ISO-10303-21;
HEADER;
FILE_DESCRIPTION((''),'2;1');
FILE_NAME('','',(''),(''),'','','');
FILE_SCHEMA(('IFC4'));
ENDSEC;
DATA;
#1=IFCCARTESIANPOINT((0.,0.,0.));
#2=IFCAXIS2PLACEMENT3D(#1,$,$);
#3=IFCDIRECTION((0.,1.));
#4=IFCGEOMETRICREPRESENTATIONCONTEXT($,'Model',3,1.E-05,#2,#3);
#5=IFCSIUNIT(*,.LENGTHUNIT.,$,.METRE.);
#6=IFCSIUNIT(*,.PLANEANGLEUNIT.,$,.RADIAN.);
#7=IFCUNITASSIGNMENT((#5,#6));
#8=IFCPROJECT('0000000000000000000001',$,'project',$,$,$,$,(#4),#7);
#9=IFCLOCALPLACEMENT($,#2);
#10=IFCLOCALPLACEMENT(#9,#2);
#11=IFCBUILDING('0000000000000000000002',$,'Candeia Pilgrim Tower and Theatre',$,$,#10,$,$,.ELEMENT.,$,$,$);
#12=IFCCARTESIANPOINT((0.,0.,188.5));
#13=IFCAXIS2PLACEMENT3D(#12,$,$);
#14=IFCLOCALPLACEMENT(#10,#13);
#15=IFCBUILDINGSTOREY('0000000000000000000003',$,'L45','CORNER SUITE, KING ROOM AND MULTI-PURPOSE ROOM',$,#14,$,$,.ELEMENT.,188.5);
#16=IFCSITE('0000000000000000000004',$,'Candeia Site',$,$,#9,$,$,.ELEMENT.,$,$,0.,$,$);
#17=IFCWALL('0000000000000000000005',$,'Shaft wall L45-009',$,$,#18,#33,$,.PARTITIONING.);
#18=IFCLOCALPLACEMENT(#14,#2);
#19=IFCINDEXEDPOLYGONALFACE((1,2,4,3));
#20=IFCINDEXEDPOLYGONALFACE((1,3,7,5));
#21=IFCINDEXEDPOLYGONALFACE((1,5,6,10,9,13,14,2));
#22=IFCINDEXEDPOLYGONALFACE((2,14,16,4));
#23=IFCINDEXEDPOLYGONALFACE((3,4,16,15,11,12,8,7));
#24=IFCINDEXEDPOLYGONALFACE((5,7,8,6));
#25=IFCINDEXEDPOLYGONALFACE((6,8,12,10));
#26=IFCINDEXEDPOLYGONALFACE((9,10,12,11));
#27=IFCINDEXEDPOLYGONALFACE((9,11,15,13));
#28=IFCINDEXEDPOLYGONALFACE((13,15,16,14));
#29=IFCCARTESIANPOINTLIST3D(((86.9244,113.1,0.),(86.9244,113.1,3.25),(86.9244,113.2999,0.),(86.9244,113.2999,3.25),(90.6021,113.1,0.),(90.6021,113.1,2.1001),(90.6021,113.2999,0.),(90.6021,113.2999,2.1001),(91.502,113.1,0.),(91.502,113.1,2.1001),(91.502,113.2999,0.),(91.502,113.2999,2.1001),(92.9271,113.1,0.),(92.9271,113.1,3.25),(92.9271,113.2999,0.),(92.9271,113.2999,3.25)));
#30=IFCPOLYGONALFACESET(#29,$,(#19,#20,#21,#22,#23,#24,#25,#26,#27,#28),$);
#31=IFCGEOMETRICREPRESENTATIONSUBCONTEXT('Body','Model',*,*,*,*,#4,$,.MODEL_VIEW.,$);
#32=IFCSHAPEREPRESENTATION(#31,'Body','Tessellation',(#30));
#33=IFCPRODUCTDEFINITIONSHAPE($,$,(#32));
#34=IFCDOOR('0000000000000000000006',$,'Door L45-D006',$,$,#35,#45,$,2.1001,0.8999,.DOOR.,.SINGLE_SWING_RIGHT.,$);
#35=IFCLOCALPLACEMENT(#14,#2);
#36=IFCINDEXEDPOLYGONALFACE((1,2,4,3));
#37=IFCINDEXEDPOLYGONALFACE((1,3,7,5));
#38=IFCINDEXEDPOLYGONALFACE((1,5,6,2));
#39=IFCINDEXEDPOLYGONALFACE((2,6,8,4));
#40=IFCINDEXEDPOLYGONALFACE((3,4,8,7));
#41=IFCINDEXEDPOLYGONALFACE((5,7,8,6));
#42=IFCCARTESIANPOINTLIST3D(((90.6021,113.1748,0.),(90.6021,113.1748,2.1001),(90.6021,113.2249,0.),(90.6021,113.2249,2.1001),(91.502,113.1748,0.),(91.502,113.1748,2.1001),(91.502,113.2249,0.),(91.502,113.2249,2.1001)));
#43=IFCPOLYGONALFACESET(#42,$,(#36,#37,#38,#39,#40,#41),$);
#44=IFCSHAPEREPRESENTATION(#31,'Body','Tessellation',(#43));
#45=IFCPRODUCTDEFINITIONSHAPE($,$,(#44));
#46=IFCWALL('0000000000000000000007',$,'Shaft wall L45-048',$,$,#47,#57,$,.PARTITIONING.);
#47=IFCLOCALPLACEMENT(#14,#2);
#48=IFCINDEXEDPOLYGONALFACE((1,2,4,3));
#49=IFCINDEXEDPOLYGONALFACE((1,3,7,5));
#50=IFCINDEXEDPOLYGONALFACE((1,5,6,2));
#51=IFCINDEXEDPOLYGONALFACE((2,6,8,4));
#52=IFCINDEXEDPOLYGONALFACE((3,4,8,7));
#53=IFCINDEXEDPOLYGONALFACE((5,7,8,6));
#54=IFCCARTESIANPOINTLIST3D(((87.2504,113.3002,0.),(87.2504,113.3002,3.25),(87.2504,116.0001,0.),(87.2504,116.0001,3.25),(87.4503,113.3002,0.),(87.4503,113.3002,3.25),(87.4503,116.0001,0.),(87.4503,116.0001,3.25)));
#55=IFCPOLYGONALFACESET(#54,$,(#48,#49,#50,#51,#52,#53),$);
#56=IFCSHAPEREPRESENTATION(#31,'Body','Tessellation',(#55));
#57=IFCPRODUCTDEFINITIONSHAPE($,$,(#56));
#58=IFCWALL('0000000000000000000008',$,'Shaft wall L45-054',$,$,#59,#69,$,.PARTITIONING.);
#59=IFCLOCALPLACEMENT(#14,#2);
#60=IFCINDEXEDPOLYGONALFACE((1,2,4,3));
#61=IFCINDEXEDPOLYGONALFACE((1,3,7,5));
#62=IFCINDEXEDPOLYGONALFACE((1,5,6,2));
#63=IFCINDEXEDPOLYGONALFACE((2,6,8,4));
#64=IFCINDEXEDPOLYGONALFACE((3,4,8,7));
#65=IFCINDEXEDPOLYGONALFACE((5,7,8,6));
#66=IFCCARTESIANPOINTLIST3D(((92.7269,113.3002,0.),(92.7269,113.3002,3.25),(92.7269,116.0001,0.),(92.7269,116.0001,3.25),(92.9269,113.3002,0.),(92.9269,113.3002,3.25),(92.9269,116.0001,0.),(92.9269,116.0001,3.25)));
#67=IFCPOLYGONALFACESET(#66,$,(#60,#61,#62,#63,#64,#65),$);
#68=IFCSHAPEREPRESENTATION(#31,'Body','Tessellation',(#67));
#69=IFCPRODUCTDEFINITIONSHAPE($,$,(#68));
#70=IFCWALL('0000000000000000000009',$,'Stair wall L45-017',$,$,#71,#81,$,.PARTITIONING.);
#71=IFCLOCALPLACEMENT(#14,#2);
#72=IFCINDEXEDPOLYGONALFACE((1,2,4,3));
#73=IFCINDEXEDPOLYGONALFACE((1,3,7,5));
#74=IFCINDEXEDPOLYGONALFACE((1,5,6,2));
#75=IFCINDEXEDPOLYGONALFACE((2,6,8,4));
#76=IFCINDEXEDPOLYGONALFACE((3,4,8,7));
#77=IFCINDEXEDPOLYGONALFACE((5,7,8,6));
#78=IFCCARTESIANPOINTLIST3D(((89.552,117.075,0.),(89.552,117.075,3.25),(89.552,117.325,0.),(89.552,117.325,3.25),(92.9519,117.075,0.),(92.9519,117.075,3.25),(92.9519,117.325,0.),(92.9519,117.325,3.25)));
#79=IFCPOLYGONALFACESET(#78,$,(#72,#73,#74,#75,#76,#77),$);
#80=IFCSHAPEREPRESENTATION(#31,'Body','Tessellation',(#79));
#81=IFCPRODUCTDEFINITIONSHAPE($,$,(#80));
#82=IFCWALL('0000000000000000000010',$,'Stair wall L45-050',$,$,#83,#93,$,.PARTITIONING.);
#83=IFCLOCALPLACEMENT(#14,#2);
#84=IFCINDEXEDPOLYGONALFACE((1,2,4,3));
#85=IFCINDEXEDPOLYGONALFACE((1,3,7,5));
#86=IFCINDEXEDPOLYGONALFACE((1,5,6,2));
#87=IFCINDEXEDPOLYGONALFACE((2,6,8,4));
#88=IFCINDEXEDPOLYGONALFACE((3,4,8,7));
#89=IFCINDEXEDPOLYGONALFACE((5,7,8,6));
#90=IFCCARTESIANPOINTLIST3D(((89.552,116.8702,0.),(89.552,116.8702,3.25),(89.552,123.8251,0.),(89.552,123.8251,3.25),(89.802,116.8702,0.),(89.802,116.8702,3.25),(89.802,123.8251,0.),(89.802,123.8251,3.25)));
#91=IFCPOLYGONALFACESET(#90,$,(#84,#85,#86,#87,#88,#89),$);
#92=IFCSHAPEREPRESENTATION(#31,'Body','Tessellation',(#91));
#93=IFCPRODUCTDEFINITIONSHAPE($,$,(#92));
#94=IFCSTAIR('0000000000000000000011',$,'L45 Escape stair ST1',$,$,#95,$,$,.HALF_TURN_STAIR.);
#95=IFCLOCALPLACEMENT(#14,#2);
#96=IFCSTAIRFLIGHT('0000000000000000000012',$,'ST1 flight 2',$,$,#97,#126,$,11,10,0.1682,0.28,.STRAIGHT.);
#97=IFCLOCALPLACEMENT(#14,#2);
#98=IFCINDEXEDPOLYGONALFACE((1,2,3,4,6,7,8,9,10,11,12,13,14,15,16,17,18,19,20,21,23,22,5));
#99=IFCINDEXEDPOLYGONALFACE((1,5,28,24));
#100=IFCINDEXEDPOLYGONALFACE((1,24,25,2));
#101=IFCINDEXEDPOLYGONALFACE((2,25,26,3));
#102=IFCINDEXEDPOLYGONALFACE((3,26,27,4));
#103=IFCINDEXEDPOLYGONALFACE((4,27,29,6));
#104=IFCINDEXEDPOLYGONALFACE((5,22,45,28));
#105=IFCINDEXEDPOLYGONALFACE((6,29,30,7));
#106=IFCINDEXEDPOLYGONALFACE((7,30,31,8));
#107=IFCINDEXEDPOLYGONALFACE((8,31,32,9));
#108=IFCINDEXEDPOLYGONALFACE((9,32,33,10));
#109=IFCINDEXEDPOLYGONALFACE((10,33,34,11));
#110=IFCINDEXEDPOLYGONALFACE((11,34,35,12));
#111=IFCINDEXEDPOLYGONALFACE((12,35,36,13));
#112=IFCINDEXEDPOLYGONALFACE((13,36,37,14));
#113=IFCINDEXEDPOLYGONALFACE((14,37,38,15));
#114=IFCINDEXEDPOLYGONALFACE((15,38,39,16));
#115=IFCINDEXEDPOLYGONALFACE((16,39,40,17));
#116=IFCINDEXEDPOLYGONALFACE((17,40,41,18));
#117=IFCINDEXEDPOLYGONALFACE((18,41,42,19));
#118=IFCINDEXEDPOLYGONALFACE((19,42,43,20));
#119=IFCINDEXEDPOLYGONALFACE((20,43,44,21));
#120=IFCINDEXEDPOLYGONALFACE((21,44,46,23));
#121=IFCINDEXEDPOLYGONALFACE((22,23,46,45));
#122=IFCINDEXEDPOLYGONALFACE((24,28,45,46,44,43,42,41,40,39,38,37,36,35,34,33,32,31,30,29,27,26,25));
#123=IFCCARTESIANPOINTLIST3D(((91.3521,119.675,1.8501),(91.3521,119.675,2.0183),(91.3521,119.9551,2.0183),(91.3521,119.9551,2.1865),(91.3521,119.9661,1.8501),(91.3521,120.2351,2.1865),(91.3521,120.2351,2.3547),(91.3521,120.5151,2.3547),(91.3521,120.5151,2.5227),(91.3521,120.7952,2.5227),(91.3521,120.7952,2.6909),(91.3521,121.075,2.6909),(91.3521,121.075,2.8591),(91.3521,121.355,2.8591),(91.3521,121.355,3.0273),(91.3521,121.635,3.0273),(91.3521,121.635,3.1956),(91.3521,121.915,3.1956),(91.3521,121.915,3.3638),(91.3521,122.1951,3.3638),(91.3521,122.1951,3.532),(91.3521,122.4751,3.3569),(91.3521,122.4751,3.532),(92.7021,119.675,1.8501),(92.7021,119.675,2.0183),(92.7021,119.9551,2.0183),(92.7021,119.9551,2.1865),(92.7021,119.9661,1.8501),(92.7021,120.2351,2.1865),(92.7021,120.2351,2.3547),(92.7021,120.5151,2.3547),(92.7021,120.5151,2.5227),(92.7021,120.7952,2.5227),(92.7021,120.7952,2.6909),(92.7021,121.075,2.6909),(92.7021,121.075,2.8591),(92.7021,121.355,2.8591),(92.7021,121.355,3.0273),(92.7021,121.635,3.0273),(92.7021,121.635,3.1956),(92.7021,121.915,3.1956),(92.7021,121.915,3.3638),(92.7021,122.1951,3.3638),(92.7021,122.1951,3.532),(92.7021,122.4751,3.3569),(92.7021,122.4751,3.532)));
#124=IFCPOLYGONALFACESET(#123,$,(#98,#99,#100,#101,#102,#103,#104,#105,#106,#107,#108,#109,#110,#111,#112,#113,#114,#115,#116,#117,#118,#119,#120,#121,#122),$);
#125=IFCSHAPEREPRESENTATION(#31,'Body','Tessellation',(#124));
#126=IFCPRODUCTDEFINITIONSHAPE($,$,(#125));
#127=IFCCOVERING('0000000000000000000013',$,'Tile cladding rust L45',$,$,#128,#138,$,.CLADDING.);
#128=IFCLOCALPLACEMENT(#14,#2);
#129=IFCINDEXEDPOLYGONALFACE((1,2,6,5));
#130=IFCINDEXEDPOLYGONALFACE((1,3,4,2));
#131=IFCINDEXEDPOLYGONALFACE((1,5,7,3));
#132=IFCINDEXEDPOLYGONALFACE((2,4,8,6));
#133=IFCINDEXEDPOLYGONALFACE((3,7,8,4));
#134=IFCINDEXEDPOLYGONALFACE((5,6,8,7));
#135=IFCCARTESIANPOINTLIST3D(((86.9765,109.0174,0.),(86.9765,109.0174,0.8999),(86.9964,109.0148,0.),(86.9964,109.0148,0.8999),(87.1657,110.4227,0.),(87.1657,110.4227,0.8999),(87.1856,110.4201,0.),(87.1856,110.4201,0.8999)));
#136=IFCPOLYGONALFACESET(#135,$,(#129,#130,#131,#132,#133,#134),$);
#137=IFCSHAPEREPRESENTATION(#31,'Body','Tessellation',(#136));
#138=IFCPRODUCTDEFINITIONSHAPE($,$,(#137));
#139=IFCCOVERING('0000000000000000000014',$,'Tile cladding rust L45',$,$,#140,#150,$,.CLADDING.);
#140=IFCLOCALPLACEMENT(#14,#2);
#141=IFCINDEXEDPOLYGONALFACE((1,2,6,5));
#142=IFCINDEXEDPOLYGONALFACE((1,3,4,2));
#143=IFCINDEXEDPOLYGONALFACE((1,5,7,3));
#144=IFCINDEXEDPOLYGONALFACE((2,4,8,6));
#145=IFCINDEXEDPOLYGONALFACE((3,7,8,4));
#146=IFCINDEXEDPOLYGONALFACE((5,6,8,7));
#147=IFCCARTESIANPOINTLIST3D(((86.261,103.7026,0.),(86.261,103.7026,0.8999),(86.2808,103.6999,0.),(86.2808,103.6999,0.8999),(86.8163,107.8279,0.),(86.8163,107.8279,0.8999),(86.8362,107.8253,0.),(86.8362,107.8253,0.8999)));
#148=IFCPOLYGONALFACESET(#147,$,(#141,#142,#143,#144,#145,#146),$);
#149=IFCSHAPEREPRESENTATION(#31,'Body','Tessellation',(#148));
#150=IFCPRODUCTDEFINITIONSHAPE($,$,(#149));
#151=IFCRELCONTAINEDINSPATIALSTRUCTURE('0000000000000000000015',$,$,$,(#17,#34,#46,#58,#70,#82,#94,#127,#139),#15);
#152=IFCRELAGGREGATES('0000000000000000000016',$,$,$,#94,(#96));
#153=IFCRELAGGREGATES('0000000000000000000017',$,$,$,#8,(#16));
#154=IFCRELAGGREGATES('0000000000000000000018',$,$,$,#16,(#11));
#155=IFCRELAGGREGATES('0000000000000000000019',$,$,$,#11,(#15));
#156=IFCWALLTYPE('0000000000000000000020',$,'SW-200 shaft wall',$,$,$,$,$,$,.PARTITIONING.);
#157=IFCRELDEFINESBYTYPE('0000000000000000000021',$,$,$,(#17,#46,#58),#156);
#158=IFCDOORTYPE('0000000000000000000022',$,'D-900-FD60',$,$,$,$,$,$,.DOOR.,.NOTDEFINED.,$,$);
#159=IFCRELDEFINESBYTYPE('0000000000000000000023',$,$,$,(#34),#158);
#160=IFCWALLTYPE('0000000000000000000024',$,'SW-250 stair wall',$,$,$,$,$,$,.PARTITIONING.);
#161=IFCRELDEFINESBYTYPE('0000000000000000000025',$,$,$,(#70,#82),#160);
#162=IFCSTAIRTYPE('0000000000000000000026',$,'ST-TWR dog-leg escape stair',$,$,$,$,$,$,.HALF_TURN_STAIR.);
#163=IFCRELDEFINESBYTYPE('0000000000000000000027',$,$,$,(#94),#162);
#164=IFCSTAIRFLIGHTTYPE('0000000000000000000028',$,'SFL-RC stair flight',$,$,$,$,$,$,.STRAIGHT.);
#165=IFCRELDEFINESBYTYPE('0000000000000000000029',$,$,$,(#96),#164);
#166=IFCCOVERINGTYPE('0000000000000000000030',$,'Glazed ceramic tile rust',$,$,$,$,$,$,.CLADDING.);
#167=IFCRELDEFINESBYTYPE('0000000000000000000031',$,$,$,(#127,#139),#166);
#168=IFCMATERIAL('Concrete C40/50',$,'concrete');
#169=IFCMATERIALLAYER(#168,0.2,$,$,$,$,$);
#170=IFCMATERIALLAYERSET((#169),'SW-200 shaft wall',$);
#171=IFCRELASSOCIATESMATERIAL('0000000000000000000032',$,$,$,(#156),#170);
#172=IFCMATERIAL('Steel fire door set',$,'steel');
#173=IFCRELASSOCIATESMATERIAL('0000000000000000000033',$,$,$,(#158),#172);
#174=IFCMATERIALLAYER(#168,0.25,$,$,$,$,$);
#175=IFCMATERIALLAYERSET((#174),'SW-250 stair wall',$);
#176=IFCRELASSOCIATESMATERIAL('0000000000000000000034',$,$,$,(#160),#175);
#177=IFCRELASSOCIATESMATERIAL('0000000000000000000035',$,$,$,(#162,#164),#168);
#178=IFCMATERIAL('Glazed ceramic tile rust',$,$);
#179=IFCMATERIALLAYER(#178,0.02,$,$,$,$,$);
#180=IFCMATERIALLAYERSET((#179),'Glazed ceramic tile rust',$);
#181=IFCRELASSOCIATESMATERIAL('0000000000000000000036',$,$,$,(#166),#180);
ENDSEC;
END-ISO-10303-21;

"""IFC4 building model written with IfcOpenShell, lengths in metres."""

from ifc_helpers import new_model, si_unit, direction, frame, frame_2d, origin, origin_2d, place, context, subcontext, project, spatial, polyline, rectangle, outline, extrude, material, layer, layer_set, type_object, element, fill, aggregate, save


model = new_model("IFC4")

# Units and contexts
model_context = context("Model", 3, precision=1e-05, world=origin(), true_north=direction((0.0, 1.0)))
body_context = subcontext(model_context, "Body", "Model", "MODEL_VIEW")
ifc_project = project(units=[si_unit("LENGTHUNIT", "METRE"), si_unit("PLANEANGLEUNIT", "RADIAN")], contexts=[model_context])

# Site, building, storey
site_placement = place(None, origin())
site = spatial("IfcSite", under=ifc_project, at=site_placement, Name="Candeia Site", CompositionType="ELEMENT", RefElevation=0.0)
building_placement = place(site_placement, origin())
building = spatial("IfcBuilding", under=site, at=building_placement, Name="Candeia Pilgrim Tower and Theatre", CompositionType="ELEMENT")
storey_placement = place(building_placement, frame((0.0, 0.0, 188.5)))
storey = spatial("IfcBuildingStorey", under=building, at=storey_placement, Name="L45", Description="CORNER SUITE, KING ROOM AND MULTI-PURPOSE ROOM", CompositionType="ELEMENT", Elevation=188.5)

# Shared definitions
ifc_material_1 = material(Name="Steel fire door set", Category="steel")

# Wall, opening, door
ifc_material_2 = material(Name="Concrete C40/50", Category="concrete")
ifc_layer_1 = layer(ifc_material_2, 0.2)
ifc_layer_set_1 = layer_set([ifc_layer_1], Name="SW-200 shaft wall")
wall_type_1 = type_object("IfcWallType", Name="SW-200 shaft wall", PredefinedType="PARTITIONING", material=ifc_layer_set_1)
wall_1_placement = place(storey_placement, frame((86.9243, 113.2, 0.0), z_axis=(0.0, 0.0, 1.0), x_axis=(1.0, 0.0, 0.0)))
wall_1 = element("IfcWall", 1, at=wall_1_placement, inside=storey, type_object=wall_type_1, Name="Shaft wall L45-009", PredefinedType="PARTITIONING", context=body_context, shape_type="SweptSolid", body=[
    extrude(rectangle(XDim=6.0027, YDim=0.2, at=frame_2d((3.0015, 0.0))), origin(), (0.0, 0.0, 1.0), 3.25),
])
opening_1_placement = place(wall_1_placement, frame((3.6777, 0.0, 0.0)))
opening_1 = element("IfcOpeningElement", 2, at=opening_1_placement, cuts=wall_1, PredefinedType="OPENING", context=body_context, shape_type="SweptSolid", body=[
    extrude(rectangle(XDim=0.8999, YDim=2.1001, at=frame_2d((0.45, 1.05))), frame((0.0, 0.1099, 0.0), z_axis=(0.0, -1.0, 0.0), x_axis=(1.0, 0.0, 0.0)), (0.0, 0.0, 1.0), 0.22),
])
door_type_1 = type_object("IfcDoorType", Name="D-900-FD60", OperationType="NOTDEFINED", PredefinedType="DOOR", material=ifc_material_1)
door_1_placement = place(opening_1_placement, origin())
door_1 = element("IfcDoor", 3, at=door_1_placement, inside=storey, type_object=door_type_1, Name="Door L45-D006", OperationType="SINGLE_SWING_RIGHT", OverallHeight=2.1001, OverallWidth=0.8999, PredefinedType="DOOR", context=body_context, shape_type="SweptSolid", body=[
    extrude(rectangle(XDim=0.8999, YDim=2.1001, at=frame_2d((0.45, 1.05))), frame((0.0, 0.0249, 0.0), z_axis=(0.0, -1.0, 0.0), x_axis=(1.0, 0.0, 0.0)), (0.0, 0.0, 1.0), 0.05),
])
fill(opening_1, door_1)

# Walls
for number, where, z_axis, x_axis, name in (
    (4, (87.3503, 113.3, 0.0), (0.0, 0.0, 1.0), (0.0, 1.0, 0.0), "Shaft wall L45-048"),
    (5, (92.8269, 113.3, 0.0), (0.0, 0.0, 1.0), (0.0, 1.0, 0.0), "Shaft wall L45-054"),
):
    element("IfcWall", number, at=place(storey_placement, frame(where, z_axis=z_axis, x_axis=x_axis)), inside=storey, type_object=wall_type_1, Name=name, PredefinedType="PARTITIONING", context=body_context, shape_type="SweptSolid", body=[
        extrude(rectangle(XDim=2.7, YDim=0.2, at=frame_2d((1.3501, 0.0))), origin(), (0.0, 0.0, 1.0), 3.25),
    ])
ifc_layer_2 = layer(ifc_material_2, 0.25)
ifc_layer_set_2 = layer_set([ifc_layer_2], Name="SW-250 stair wall")
wall_type_2 = type_object("IfcWallType", Name="SW-250 stair wall", PredefinedType="PARTITIONING", material=ifc_layer_set_2)
wall_2_placement = place(storey_placement, frame((89.552, 117.2, 0.0), z_axis=(0.0, 0.0, 1.0), x_axis=(1.0, 0.0, 0.0)))
element("IfcWall", 6, at=wall_2_placement, inside=storey, type_object=wall_type_2, Name="Stair wall L45-017", PredefinedType="PARTITIONING", context=body_context, shape_type="SweptSolid", body=[
    extrude(rectangle(XDim=3.3999, YDim=0.25, at=frame_2d((1.7, 0.0))), origin(), (0.0, 0.0, 1.0), 3.25),
])
wall_3_placement = place(storey_placement, frame((89.677, 116.8701, 0.0), z_axis=(0.0, 0.0, 1.0), x_axis=(0.0, 1.0, 0.0)))
element("IfcWall", 7, at=wall_3_placement, inside=storey, type_object=wall_type_2, Name="Stair wall L45-050", PredefinedType="PARTITIONING", context=body_context, shape_type="SweptSolid", body=[
    extrude(rectangle(XDim=6.9548, YDim=0.25, at=frame_2d((3.4775, 0.0))), origin(), (0.0, 0.0, 1.0), 3.25),
])

# Stair, stair flight
stair_type = type_object("IfcStairType", Name="ST-TWR dog-leg escape stair", PredefinedType="HALF_TURN_STAIR", material=ifc_material_2)
stair_placement = place(storey_placement, origin())
stair = element("IfcStair", 8, at=stair_placement, inside=storey, type_object=stair_type, Name="L45 Escape stair ST1", PredefinedType="HALF_TURN_STAIR")
stair_flight_type = type_object("IfcStairFlightType", Name="SFL-RC stair flight", PredefinedType="STRAIGHT", material=ifc_material_2)
stair_flight_placement = place(storey_placement, frame((92.0271, 119.675, 1.8501), z_axis=(0.0, 0.0, 1.0), x_axis=(0.0, 1.0, 0.0)))
stair_flight = element("IfcStairFlight", 9, at=stair_flight_placement, type_object=stair_flight_type, Name="ST1 flight 2", NumberOfRisers=11, NumberOfTreads=10, PredefinedType="STRAIGHT", RiserHeight=0.1682, TreadLength=0.28, context=body_context, shape_type="SweptSolid", body=[
    extrude(outline(polyline([(0.0, 0.0), (0.0, 0.1682), (0.28, 0.1682), (0.28, 0.3364), (0.5601, 0.3364), (0.5601, 0.5046), (0.8401, 0.5046), (0.8401, 0.6726), (1.1201, 0.6726), (1.1201, 0.8408), (1.3999, 0.8408), (1.3999, 1.009), (1.6799, 1.009), (1.6799, 1.1772), (1.96, 1.1772), (1.96, 1.3455), (2.24, 1.3455), (2.24, 1.5137), (2.52, 1.5137), (2.52, 1.6819), (2.8, 1.6819), (2.8, 1.8501), (2.8, 1.5068), (0.291, 0.0), (0.0, 0.0)])), frame((0.0, 0.675, 0.0), z_axis=(0.0, -1.0, 0.0), x_axis=(1.0, 0.0, 0.0)), (0.0, 0.0, 1.0), 1.3501),
])
aggregate(stair, [stair_flight])

# Coverings
ifc_material_3 = material(Name="Glazed ceramic tile rust")
ifc_layer_3 = layer(ifc_material_3, 0.02)
ifc_layer_set_3 = layer_set([ifc_layer_3], Name="Glazed ceramic tile rust")
covering_type = type_object("IfcCoveringType", Name="Glazed ceramic tile rust", PredefinedType="CLADDING", material=ifc_layer_set_3)
covering_1_placement = place(storey_placement, frame((87.0811, 109.7188, 0.0), z_axis=(0.0, 0.0, 1.0), x_axis=(-0.133412, -0.991061, 0.0)))
element("IfcCovering", 10, at=covering_1_placement, inside=storey, type_object=covering_type, Name="Tile cladding rust L45", PredefinedType="CLADDING", context=body_context, shape_type="SweptSolid", body=[
    extrude(rectangle(XDim=1.418, YDim=0.02, at=origin_2d()), origin(), (0.0, 0.0, 1.0), 0.8999),
])
covering_2_placement = place(storey_placement, frame((86.5486, 105.7639, 0.0), z_axis=(0.0, 0.0, 1.0), x_axis=(-0.133412, -0.991061, 0.0)))
element("IfcCovering", 11, at=covering_2_placement, inside=storey, type_object=covering_type, Name="Tile cladding rust L45", PredefinedType="CLADDING", context=body_context, shape_type="SweptSolid", body=[
    extrude(rectangle(XDim=4.1626, YDim=0.02, at=origin_2d()), origin(), (0.0, 0.0, 1.0), 0.8999),
])

save(model, "model.ifc")
